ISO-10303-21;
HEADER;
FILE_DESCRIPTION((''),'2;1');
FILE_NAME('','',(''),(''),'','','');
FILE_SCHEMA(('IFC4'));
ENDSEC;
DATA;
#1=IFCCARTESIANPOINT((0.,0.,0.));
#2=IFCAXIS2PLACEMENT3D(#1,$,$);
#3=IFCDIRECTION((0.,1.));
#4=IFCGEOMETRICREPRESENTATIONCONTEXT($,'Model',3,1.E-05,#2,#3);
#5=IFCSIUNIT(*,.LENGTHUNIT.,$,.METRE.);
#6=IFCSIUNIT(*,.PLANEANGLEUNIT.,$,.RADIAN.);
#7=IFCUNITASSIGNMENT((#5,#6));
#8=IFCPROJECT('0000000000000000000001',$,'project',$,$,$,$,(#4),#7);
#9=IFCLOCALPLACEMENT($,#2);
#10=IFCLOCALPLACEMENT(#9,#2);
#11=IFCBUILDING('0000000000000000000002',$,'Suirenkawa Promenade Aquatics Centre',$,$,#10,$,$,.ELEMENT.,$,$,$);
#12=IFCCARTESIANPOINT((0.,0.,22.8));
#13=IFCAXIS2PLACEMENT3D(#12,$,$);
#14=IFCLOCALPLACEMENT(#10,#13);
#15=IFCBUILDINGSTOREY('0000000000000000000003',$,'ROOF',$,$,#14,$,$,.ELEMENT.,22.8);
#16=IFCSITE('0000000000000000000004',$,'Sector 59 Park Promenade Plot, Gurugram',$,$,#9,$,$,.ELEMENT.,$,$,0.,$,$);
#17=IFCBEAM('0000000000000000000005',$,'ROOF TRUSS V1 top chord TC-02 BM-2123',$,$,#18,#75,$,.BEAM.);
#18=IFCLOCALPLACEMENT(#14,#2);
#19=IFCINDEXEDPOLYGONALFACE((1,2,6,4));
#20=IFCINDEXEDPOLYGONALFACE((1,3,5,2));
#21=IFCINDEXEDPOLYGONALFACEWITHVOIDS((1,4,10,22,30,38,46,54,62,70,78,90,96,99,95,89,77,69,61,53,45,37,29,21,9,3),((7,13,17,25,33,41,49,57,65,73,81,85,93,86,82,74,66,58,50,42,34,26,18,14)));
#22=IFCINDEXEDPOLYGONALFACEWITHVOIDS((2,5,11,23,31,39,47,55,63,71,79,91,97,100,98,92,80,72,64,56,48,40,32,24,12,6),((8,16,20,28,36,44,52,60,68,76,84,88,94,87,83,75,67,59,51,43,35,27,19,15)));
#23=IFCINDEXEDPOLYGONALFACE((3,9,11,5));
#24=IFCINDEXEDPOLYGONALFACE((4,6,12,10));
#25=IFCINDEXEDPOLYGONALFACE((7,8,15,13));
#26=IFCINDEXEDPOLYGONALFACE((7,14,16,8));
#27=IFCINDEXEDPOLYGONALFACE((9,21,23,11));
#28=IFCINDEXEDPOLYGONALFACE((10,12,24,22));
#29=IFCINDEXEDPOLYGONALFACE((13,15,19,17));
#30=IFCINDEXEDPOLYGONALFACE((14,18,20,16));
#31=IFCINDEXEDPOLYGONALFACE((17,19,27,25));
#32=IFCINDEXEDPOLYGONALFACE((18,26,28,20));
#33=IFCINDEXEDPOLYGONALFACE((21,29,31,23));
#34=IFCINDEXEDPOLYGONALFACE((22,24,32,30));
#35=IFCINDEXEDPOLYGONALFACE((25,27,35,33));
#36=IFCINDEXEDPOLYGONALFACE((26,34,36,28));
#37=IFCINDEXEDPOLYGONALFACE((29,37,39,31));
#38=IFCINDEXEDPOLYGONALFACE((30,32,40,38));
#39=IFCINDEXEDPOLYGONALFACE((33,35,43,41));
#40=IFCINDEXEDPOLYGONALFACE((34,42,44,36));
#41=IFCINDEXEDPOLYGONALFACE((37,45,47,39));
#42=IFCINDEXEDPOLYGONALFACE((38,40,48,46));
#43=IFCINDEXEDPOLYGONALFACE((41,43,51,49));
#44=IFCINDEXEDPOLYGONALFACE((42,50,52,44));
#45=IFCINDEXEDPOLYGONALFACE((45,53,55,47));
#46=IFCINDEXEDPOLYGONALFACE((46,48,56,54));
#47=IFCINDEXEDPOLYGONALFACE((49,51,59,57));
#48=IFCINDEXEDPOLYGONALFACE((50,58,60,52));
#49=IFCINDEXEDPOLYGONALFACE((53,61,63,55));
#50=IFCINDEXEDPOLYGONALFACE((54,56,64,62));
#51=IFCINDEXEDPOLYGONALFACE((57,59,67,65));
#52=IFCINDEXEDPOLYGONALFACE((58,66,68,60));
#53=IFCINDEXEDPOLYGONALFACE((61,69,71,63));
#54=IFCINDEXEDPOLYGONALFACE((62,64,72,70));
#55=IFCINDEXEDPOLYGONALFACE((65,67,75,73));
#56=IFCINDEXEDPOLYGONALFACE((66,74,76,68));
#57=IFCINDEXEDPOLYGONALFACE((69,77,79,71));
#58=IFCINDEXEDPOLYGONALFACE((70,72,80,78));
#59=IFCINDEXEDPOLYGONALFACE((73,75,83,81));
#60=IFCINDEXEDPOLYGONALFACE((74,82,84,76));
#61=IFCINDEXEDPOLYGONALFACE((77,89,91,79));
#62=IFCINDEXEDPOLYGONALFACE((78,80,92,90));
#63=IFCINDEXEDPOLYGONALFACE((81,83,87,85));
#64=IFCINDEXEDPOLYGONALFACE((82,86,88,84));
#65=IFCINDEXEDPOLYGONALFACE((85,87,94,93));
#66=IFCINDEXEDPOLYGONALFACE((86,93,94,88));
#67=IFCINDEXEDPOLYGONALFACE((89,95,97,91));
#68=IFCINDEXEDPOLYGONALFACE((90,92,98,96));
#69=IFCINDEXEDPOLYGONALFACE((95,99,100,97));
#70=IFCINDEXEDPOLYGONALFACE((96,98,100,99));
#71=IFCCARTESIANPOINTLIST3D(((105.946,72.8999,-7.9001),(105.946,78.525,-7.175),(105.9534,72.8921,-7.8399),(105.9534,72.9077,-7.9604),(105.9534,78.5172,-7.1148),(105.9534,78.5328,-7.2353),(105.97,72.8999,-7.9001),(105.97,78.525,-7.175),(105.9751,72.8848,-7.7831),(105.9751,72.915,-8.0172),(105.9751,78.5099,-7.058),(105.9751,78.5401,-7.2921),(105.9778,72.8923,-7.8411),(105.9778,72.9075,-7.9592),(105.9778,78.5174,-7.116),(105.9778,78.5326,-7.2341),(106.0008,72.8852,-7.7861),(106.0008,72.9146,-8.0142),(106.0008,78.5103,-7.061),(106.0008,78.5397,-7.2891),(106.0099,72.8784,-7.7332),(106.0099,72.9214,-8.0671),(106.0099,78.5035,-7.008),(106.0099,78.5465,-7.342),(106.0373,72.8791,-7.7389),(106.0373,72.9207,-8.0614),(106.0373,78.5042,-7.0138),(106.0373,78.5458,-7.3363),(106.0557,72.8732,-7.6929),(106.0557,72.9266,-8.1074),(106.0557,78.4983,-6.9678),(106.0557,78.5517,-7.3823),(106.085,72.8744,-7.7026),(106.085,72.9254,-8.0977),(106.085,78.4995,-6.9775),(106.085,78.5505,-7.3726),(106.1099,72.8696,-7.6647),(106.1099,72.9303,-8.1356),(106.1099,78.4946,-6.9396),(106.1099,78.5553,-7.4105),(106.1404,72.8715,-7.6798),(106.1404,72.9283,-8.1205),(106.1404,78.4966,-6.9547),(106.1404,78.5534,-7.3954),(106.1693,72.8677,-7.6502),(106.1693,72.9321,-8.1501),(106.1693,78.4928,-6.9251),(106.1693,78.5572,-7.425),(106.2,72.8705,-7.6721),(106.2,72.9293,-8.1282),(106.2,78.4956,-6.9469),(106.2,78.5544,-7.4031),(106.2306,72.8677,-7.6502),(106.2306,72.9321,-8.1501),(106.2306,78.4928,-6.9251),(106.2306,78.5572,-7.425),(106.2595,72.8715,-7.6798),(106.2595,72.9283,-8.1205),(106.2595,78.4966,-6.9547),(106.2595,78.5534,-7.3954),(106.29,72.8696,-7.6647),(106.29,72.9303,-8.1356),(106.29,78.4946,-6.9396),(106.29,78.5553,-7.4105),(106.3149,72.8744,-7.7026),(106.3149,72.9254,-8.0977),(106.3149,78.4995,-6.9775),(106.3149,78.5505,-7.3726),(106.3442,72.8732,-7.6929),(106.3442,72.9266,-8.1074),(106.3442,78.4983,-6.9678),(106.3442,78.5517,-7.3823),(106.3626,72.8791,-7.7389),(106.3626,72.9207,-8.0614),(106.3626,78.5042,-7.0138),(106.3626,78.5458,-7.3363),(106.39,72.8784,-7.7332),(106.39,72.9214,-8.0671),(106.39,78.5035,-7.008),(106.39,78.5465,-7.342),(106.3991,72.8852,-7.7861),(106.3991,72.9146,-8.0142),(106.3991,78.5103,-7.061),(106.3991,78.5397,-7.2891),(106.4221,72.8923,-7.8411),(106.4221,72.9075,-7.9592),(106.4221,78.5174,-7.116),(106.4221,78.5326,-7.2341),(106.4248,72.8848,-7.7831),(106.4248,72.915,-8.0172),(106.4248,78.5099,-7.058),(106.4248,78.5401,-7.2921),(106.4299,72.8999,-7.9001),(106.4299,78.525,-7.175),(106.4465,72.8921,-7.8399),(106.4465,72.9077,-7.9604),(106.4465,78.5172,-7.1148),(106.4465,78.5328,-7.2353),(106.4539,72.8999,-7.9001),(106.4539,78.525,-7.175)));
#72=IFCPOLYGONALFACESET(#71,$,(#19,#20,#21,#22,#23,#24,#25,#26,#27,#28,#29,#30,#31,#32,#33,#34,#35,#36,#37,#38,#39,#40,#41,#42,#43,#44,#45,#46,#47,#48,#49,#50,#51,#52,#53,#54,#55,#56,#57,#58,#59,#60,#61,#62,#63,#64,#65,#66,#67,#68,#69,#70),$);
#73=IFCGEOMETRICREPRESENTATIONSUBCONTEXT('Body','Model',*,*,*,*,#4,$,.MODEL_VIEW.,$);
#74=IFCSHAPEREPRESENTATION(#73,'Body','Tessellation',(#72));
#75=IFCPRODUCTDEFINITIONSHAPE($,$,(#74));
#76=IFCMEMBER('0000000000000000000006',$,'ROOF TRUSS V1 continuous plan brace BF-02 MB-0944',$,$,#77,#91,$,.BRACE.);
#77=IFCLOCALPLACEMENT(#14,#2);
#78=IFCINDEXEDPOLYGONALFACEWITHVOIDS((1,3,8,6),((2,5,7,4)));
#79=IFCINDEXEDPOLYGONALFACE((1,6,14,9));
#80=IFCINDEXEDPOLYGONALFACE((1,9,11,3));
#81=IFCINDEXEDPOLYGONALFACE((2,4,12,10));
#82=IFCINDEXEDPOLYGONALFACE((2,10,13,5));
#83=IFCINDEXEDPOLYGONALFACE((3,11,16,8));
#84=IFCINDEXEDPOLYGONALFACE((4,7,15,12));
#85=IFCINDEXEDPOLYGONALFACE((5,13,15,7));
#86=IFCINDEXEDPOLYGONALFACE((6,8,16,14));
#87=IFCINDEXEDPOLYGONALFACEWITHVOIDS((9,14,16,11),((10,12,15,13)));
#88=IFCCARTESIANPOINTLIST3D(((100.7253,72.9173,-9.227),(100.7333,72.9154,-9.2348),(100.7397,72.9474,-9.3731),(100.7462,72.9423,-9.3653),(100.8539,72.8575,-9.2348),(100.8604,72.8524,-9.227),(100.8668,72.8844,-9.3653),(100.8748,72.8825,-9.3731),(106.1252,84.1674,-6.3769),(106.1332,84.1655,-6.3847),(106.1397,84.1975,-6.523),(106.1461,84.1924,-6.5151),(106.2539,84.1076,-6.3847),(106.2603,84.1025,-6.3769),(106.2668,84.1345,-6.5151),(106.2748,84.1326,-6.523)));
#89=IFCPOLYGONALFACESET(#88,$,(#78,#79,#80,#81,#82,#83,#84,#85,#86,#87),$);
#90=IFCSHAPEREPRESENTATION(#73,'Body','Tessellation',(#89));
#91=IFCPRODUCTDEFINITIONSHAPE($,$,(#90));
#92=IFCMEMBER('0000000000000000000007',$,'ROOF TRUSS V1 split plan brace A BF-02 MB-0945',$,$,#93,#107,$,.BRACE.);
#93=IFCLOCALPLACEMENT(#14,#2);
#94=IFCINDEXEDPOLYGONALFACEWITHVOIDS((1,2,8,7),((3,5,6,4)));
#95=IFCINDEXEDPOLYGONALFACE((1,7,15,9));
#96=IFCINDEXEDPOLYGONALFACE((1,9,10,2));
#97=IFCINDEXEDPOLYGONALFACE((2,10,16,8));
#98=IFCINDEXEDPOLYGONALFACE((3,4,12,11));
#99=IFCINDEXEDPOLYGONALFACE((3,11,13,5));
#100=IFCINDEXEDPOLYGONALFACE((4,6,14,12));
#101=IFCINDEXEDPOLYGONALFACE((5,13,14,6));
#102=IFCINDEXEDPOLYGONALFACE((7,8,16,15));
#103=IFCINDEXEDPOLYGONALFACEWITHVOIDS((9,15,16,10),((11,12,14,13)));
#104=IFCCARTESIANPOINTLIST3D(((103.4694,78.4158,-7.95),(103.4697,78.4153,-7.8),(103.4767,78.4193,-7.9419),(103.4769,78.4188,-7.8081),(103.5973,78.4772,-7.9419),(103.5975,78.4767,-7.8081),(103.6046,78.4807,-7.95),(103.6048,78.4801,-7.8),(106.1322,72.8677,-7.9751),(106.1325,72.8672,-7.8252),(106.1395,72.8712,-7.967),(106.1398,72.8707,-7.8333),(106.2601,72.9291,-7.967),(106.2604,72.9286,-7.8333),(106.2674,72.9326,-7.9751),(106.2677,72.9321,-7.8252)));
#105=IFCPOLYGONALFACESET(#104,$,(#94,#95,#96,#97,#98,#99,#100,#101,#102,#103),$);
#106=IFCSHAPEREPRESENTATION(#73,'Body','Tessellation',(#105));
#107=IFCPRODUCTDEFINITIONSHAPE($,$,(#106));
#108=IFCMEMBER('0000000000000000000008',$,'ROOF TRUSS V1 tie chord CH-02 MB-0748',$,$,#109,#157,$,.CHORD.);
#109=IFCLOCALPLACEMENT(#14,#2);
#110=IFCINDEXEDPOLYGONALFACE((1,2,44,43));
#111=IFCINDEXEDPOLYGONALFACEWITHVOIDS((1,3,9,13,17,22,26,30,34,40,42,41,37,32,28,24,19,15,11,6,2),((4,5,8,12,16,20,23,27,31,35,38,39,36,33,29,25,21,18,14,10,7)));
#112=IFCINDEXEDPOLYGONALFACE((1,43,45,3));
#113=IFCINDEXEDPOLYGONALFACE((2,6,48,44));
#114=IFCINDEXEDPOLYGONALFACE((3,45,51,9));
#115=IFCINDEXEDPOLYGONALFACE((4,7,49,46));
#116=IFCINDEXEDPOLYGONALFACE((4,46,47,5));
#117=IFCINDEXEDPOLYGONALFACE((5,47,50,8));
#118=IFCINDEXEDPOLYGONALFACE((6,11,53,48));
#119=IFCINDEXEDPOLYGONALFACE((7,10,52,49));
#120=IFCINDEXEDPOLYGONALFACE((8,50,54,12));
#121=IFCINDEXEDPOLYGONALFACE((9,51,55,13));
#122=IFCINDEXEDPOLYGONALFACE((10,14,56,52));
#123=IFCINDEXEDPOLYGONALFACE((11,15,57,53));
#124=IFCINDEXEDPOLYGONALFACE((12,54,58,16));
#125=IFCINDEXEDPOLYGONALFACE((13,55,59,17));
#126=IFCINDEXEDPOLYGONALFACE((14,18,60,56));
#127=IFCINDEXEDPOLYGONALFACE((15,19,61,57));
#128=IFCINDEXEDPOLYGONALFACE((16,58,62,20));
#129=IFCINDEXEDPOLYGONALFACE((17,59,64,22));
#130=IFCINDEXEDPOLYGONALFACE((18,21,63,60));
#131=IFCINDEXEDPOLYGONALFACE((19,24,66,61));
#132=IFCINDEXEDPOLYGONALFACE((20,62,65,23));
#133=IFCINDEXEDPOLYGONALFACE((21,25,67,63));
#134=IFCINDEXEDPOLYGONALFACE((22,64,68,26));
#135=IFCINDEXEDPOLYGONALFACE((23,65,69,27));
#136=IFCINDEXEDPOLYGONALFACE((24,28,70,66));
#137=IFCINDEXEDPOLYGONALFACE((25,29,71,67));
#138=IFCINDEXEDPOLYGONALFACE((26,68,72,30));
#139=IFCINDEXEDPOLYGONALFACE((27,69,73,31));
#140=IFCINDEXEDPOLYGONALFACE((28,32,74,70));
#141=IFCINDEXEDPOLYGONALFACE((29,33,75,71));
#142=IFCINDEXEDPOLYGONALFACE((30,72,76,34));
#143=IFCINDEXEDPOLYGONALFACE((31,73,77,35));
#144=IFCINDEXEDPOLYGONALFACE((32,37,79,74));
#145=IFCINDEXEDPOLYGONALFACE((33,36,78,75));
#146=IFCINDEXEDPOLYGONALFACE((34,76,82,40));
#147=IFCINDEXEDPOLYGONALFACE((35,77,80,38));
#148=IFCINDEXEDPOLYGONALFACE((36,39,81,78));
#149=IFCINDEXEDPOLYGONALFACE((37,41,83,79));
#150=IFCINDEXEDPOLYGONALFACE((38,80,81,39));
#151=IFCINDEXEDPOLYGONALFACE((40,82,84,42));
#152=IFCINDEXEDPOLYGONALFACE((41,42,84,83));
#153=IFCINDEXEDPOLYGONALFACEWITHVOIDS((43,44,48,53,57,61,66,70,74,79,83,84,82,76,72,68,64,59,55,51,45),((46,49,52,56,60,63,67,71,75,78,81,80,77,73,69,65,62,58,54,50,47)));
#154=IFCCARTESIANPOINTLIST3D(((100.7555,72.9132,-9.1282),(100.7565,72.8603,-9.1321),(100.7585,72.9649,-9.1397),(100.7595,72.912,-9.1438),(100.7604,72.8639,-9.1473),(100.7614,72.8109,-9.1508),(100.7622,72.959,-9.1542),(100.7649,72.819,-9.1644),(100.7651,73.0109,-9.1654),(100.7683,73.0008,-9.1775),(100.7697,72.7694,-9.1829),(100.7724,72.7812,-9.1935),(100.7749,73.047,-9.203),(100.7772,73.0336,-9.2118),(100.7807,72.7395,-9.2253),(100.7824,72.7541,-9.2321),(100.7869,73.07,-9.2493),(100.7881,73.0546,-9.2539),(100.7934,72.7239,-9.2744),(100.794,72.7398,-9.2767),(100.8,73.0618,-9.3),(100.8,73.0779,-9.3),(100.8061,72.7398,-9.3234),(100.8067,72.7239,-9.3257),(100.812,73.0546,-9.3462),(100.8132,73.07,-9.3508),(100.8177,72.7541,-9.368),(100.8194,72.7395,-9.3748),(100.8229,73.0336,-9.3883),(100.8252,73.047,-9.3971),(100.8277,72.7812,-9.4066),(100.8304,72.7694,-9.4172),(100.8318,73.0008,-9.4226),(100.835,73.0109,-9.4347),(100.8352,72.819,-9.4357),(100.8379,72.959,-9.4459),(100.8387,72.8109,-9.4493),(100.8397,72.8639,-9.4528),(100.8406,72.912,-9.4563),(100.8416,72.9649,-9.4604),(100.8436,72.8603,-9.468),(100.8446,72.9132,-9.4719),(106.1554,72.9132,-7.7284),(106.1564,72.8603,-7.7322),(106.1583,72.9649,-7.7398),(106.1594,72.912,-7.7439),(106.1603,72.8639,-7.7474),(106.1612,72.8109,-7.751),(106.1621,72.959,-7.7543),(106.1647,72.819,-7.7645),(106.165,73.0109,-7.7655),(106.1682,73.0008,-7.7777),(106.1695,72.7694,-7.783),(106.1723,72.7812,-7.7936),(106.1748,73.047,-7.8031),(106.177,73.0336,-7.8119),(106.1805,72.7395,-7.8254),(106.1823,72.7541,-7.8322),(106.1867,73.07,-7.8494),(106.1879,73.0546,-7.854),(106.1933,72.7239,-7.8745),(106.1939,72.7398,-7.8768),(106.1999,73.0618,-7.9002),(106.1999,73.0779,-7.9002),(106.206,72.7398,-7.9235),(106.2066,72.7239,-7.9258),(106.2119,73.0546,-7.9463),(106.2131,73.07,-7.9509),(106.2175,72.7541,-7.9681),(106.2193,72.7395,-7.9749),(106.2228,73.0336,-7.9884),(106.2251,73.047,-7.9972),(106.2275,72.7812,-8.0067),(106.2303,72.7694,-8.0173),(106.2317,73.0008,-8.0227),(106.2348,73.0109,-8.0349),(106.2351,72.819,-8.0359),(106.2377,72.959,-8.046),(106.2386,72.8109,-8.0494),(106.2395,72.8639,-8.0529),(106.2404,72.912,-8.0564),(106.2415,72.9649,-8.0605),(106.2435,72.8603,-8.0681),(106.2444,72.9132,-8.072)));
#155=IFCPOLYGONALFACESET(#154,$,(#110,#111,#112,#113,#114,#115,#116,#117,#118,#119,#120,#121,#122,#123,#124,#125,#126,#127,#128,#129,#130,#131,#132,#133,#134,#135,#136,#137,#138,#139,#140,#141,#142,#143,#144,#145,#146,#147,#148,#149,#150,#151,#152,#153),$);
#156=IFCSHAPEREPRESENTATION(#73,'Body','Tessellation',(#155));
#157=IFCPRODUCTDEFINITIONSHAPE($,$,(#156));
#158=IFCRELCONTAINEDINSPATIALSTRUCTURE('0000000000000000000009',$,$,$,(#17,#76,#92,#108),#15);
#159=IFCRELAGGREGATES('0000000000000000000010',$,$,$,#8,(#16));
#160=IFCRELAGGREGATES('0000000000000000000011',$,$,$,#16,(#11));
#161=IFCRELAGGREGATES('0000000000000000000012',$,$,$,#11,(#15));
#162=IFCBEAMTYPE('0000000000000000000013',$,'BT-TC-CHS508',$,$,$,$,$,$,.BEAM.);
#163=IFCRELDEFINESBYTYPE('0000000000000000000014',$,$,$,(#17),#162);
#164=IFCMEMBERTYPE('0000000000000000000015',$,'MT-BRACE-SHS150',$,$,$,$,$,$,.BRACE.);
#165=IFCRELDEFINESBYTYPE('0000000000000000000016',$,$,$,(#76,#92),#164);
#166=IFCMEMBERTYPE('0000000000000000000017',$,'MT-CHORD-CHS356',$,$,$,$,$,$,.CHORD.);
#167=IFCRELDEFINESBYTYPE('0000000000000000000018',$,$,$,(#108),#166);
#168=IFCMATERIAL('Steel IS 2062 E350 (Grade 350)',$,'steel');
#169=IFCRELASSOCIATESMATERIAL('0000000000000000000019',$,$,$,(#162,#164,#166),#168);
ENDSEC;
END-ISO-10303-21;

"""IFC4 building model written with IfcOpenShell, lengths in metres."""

from ifc_helpers import new_model, si_unit, direction, frame, origin, origin_2d, place, context, subcontext, project, spatial, hollow_rectangle, hollow_circle, extrude, material, material_profile, profile_set, type_object, element, save


model = new_model("IFC4")

# Units and contexts
model_context = context("Model", 3, precision=1e-05, world=origin(), true_north=direction((0.0, 1.0)))
body_context = subcontext(model_context, "Body", "Model", "MODEL_VIEW")
ifc_project = project(units=[si_unit("LENGTHUNIT", "METRE"), si_unit("PLANEANGLEUNIT", "RADIAN")], contexts=[model_context])

# Site, building, storey
site_placement = place(None, origin())
site = spatial("IfcSite", under=ifc_project, at=site_placement, Name="Sector 59 Park Promenade Plot, Gurugram", CompositionType="ELEMENT", RefElevation=0.0)
building_placement = place(site_placement, origin())
building = spatial("IfcBuilding", under=site, at=building_placement, Name="Suirenkawa Promenade Aquatics Centre", CompositionType="ELEMENT")
storey_placement = place(building_placement, frame((0.0, 0.0, 22.8)))
storey = spatial("IfcBuildingStorey", under=building, at=storey_placement, Name="ROOF", CompositionType="ELEMENT", Elevation=22.8)

# Beam
ifc_material = material(Name="Steel IS 2062 E350 (Grade 350)", Category="steel")
ifc_material_profile_1 = material_profile(ifc_material, hollow_circle(Radius=0.2539, WallThickness=0.0239, at=origin_2d()), Name="CHS 508x24", Category="steel")
ifc_profile_set_1 = profile_set([ifc_material_profile_1], Name="Steel IS 2062 E350 (Grade 350)")
beam_type_1 = type_object("IfcBeamType", Name="BT-TC-CHS508", PredefinedType="BEAM", material=ifc_profile_set_1)
for number, where, z_axis, x_axis, name in (
    (1, (106.2, 72.8999, -7.9001), (0.0, 0.991794, 0.127848), (-1.0, 0.0, 0.0), "ROOF TRUSS V1 top chord TC-02 BM-2123"),
):
    element("IfcBeam", number, at=place(storey_placement, frame(where, z_axis=z_axis, x_axis=x_axis)), inside=storey, type_object=beam_type_1, Name=name, PredefinedType="BEAM", context=body_context, shape_type="SweptSolid", body=[
        extrude(hollow_circle(Radius=0.2539, WallThickness=0.0239, at=origin_2d()), origin(), (0.0, 0.0, 1.0), 5.6716),
    ])

# Members
ifc_material_profile_2 = material_profile(ifc_material, hollow_rectangle(XDim=0.1499, YDim=0.1499, WallThickness=0.0081, at=origin_2d()), Name="SHS 150x150x8", Category="steel")
ifc_profile_set_2 = profile_set([ifc_material_profile_2], Name="Steel IS 2062 E350 (Grade 350)")
member_type_1 = type_object("IfcMemberType", Name="MT-BRACE-SHS150", PredefinedType="BRACE", material=ifc_profile_set_2)
member_1_placement = place(storey_placement, frame((100.8, 72.8999, -9.3), z_axis=(0.421862, 0.878894, 0.222661), x_axis=(-0.901526, 0.432725, 0.0)))
element("IfcMember", 2, at=member_1_placement, inside=storey, type_object=member_type_1, Name="ROOF TRUSS V1 continuous plan brace BF-02 MB-0944", PredefinedType="BRACE", context=body_context, shape_type="SweptSolid", body=[
    extrude(hollow_rectangle(XDim=0.1499, YDim=0.1499, WallThickness=0.0081, at=origin_2d()), origin(), (0.0, 0.0, 1.0), 12.8003),
])
member_2_placement = place(storey_placement, frame((106.2, 72.8999, -7.9001), z_axis=(-0.432695, 0.901531, 0.004086), x_axis=(-0.901539, -0.432699, 0.0)))
element("IfcMember", 3, at=member_2_placement, inside=storey, type_object=member_type_1, Name="ROOF TRUSS V1 split plan brace A BF-02 MB-0945", PredefinedType="BRACE", context=body_context, shape_type="SweptSolid", body=[
    extrude(hollow_rectangle(XDim=0.1499, YDim=0.1499, WallThickness=0.0081, at=origin_2d()), origin(), (0.0, 0.0, 1.0), 6.1541),
])
ifc_material_profile_3 = material_profile(ifc_material, hollow_circle(Radius=0.178, WallThickness=0.0161, at=origin_2d()), Name="CHS 356x16", Category="steel")
ifc_profile_set_3 = profile_set([ifc_material_profile_3], Name="Steel IS 2062 E350 (Grade 350)")
member_type_2 = type_object("IfcMemberType", Name="MT-CHORD-CHS356", PredefinedType="CHORD", material=ifc_profile_set_3)
member_3_placement = place(storey_placement, frame((100.8, 72.8999, -9.3), z_axis=(0.968, 0.0, 0.25095), x_axis=(0.0, 1.0, 0.0)))
element("IfcMember", 4, at=member_3_placement, inside=storey, type_object=member_type_2, Name="ROOF TRUSS V1 tie chord CH-02 MB-0748", PredefinedType="CHORD", context=body_context, shape_type="SweptSolid", body=[
    extrude(hollow_circle(Radius=0.178, WallThickness=0.0161, at=origin_2d()), origin(), (0.0, 0.0, 1.0), 5.5784),
])

save(model, "model.ifc")
